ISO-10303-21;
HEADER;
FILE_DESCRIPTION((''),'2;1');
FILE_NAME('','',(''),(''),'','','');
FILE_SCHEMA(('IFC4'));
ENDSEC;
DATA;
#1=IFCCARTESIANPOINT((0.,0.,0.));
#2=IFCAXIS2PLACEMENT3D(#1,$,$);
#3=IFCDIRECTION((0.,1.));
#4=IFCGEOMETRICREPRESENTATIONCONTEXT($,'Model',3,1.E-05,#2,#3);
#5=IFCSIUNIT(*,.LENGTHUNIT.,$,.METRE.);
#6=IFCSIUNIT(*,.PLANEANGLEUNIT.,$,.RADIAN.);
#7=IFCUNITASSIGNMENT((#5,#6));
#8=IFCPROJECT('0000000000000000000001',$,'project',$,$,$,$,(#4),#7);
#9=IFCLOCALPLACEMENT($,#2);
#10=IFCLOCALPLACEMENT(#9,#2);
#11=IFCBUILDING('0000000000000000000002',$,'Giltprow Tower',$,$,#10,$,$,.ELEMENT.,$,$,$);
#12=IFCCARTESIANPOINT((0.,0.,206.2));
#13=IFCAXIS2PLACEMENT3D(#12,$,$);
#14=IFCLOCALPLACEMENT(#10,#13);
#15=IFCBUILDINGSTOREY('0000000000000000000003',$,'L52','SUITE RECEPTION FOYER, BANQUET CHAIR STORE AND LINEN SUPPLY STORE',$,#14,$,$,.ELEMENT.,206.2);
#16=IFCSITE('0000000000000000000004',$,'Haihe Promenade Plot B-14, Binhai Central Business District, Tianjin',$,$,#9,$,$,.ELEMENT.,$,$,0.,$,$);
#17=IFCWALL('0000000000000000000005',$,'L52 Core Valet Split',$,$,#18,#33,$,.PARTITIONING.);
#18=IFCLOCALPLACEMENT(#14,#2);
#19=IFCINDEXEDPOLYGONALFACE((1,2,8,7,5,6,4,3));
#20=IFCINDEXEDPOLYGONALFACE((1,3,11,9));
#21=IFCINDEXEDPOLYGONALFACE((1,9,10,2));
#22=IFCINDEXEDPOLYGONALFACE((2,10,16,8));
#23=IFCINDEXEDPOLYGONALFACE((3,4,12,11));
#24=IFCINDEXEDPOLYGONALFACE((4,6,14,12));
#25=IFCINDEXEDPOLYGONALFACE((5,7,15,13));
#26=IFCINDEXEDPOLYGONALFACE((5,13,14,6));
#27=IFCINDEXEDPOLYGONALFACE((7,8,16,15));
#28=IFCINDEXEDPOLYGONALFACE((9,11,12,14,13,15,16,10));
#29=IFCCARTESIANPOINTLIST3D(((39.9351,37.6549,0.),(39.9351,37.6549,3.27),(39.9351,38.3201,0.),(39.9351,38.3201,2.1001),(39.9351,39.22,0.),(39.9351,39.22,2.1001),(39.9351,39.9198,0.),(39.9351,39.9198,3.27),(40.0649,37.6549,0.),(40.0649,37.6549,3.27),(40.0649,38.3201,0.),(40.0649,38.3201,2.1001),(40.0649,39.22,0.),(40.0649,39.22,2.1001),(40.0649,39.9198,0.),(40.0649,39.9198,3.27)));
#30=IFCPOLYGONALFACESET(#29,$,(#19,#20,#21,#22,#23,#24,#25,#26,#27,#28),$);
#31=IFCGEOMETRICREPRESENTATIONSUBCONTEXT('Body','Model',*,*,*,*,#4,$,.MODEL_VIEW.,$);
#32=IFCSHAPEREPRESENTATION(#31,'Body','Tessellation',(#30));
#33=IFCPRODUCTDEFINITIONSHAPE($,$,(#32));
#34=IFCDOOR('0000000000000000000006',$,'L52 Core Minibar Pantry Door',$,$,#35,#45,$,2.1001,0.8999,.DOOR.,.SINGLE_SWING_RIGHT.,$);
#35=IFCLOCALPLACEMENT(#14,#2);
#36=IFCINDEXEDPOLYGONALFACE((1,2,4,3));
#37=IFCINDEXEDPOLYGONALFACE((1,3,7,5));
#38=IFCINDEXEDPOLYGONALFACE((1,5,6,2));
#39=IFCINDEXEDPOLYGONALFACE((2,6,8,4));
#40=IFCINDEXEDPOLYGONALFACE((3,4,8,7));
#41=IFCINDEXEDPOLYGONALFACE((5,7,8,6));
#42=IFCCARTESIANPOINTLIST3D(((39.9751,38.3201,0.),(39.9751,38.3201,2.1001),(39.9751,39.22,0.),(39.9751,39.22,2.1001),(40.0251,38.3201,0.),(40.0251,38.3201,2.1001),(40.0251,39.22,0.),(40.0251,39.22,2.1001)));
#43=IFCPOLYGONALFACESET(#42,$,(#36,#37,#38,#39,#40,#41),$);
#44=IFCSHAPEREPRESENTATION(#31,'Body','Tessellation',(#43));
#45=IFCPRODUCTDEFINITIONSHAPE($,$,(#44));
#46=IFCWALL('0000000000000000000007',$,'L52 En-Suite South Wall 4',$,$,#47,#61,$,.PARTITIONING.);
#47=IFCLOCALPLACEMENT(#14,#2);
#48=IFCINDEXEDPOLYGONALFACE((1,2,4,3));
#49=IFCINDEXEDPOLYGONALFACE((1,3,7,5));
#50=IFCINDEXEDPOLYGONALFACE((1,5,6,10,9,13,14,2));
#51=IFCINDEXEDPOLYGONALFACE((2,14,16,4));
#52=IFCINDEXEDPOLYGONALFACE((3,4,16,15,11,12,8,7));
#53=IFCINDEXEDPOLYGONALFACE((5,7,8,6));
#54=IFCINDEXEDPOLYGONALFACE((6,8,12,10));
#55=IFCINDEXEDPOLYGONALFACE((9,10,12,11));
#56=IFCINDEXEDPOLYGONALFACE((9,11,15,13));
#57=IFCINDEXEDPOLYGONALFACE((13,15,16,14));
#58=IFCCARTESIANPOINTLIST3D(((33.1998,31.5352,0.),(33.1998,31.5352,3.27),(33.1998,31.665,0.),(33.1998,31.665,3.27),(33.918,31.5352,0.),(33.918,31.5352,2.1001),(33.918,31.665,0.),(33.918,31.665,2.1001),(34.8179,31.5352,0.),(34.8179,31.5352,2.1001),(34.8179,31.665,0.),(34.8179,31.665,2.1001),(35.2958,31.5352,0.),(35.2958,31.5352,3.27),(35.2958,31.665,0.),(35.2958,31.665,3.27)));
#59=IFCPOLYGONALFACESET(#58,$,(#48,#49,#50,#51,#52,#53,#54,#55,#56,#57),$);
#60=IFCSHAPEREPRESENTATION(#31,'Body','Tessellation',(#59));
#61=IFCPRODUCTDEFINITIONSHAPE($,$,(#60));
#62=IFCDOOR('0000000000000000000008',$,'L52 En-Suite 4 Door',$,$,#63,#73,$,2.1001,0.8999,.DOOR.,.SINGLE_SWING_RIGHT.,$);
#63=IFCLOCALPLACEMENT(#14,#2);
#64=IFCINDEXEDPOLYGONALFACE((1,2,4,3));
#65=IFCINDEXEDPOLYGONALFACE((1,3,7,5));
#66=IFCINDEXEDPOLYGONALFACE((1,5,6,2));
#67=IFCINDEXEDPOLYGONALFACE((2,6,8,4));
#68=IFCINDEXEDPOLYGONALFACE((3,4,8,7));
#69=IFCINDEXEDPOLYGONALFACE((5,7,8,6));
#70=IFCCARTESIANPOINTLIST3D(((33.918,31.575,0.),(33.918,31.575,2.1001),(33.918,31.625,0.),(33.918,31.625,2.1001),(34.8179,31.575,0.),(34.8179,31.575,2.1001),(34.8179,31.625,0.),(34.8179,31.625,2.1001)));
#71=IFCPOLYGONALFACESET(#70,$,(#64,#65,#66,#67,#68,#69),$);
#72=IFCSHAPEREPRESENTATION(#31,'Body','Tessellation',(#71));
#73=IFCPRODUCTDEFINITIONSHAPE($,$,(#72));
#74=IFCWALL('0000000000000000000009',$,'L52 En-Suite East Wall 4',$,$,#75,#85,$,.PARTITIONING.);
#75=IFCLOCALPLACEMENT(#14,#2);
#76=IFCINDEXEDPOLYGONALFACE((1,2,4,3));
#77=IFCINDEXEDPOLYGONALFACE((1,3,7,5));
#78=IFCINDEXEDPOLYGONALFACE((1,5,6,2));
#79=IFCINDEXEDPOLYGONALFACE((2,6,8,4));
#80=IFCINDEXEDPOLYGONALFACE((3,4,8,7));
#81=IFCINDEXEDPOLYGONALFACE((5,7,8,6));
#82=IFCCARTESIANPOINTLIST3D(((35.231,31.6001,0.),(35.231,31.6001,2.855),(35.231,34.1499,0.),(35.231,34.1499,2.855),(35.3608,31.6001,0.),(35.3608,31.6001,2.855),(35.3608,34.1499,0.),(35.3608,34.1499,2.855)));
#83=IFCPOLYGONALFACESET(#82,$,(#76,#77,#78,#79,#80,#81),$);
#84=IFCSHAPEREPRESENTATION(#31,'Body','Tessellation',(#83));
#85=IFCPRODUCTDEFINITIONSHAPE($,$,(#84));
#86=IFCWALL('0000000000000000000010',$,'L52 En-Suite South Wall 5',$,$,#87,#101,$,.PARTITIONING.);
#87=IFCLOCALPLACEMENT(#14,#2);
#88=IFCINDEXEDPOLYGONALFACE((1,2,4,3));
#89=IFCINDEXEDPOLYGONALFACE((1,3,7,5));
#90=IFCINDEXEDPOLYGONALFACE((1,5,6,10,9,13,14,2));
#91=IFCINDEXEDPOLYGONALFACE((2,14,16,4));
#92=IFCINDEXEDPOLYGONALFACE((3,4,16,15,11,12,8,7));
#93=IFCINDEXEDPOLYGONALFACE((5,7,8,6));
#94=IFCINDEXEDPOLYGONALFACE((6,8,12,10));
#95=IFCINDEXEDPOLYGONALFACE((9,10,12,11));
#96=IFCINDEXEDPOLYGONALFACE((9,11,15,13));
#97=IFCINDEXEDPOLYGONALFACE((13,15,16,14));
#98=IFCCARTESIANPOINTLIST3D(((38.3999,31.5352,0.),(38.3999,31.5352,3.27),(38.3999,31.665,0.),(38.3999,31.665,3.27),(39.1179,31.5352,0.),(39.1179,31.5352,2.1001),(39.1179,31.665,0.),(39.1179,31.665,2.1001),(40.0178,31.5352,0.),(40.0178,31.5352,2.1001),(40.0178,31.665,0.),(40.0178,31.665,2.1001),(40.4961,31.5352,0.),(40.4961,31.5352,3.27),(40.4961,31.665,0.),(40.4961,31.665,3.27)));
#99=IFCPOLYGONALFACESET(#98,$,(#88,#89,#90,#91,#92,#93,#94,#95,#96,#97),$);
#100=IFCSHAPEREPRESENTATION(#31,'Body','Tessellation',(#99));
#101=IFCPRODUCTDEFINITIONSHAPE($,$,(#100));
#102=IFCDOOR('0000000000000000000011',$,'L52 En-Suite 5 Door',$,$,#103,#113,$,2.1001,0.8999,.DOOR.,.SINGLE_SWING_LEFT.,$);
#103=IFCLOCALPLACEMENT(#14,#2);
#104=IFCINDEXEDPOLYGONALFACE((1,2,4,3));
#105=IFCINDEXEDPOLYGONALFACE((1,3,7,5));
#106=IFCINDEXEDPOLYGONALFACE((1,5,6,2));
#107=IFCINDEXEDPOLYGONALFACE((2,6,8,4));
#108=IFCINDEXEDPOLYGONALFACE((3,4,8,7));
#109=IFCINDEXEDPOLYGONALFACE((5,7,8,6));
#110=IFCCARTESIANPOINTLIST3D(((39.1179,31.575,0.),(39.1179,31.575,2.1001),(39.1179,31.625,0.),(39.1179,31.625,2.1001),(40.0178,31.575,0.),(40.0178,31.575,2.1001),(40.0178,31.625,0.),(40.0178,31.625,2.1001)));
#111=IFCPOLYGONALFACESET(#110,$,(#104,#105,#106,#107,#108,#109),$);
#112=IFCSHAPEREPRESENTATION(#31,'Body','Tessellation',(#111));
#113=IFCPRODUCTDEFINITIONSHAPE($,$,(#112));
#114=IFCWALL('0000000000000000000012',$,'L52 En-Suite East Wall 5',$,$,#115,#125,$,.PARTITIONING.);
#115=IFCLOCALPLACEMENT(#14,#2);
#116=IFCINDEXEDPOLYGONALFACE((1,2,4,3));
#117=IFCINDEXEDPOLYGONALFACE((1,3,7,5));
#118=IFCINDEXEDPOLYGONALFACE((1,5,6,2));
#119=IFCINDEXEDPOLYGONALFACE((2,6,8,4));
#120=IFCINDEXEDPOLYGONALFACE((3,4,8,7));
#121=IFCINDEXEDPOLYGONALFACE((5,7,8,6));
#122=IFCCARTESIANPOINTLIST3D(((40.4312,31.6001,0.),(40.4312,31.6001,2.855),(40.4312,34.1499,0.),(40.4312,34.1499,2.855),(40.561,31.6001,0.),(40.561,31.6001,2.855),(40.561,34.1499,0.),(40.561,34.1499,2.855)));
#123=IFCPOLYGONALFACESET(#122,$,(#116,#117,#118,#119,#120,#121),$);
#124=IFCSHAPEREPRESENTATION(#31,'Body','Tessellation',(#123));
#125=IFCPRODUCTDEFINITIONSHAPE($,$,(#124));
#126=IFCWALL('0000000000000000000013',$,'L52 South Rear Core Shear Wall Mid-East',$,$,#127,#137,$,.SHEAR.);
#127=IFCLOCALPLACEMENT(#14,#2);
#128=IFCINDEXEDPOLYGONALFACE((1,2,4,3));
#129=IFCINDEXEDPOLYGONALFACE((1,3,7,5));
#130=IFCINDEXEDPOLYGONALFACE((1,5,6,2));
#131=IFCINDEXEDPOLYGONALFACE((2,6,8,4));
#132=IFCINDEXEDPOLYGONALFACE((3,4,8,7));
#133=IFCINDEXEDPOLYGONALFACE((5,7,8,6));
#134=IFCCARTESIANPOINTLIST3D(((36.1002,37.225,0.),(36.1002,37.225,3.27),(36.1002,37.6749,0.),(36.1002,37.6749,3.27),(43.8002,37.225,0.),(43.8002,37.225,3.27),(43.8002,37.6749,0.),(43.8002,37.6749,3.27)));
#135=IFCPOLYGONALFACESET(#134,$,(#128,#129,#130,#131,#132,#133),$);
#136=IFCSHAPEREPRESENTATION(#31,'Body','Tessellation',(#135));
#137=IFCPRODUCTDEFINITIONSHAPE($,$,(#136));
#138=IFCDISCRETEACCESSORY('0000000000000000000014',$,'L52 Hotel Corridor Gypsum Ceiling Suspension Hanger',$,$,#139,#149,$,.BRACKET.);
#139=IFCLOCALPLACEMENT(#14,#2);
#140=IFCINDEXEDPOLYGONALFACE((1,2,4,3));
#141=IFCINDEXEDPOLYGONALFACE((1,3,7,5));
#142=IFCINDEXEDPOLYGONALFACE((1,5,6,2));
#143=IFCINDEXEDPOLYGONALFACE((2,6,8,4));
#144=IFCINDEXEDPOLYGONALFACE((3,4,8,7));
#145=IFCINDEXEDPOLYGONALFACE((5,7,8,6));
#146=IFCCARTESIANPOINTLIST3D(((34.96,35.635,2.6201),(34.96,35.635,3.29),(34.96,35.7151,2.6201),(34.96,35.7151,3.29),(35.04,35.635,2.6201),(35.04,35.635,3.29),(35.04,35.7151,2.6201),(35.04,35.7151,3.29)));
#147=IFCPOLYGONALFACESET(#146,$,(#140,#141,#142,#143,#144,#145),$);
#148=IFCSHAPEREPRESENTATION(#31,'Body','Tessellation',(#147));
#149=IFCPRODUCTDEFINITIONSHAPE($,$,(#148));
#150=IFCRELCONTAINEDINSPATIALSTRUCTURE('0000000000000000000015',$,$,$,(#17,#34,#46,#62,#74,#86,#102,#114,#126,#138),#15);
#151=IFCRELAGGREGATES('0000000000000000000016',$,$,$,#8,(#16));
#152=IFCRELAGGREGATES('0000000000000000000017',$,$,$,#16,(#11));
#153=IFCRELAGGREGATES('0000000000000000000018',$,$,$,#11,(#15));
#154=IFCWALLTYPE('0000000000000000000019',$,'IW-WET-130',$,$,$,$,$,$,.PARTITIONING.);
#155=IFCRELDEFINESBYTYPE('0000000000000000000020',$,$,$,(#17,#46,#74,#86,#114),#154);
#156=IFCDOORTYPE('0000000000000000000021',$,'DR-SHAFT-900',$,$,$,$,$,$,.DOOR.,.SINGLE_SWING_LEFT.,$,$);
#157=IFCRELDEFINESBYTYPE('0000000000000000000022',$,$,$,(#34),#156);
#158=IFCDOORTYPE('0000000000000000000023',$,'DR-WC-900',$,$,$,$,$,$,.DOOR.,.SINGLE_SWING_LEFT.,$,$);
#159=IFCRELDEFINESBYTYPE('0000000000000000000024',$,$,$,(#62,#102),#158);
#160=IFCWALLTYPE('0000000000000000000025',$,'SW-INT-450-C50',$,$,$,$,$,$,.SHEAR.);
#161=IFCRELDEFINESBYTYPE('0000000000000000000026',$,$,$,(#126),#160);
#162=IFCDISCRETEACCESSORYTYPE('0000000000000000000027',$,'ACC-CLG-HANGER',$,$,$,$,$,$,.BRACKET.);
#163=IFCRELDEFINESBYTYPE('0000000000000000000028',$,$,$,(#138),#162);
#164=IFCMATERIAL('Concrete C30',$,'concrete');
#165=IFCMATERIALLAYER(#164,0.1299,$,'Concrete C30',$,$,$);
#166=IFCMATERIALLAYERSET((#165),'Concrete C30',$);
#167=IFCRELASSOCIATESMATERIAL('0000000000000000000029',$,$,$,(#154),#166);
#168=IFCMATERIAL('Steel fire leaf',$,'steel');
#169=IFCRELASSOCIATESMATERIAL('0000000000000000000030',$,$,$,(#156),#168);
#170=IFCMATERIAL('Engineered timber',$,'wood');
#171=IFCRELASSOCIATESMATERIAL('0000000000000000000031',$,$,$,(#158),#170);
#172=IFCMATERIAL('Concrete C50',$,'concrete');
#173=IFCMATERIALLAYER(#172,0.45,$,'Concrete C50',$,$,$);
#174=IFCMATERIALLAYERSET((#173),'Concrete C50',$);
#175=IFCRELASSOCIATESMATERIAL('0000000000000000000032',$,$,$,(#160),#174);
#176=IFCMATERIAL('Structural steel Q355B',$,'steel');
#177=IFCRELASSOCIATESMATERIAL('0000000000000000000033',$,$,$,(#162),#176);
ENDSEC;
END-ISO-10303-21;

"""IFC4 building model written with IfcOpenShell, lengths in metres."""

from ifc_helpers import new_model, si_unit, direction, frame, frame_2d, origin, origin_2d, place, context, subcontext, project, spatial, rectangle, extrude, source, transform, mapped, material, layer, layer_set, type_object, element, fill, save


model = new_model("IFC4")

# Units and contexts
model_context = context("Model", 3, precision=1e-05, world=origin(), true_north=direction((0.0, 1.0)))
body_context = subcontext(model_context, "Body", "Model", "MODEL_VIEW")
ifc_project = project(units=[si_unit("LENGTHUNIT", "METRE"), si_unit("PLANEANGLEUNIT", "RADIAN")], contexts=[model_context])

# Site, building, storey
site_placement = place(None, origin())
site = spatial("IfcSite", under=ifc_project, at=site_placement, Name="Haihe Promenade Plot B-14, Binhai Central Business District, Tianjin", CompositionType="ELEMENT", RefElevation=0.0)
building_placement = place(site_placement, origin())
building = spatial("IfcBuilding", under=site, at=building_placement, Name="Giltprow Tower", CompositionType="ELEMENT")
storey_placement = place(building_placement, frame((0.0, 0.0, 206.2)))
storey = spatial("IfcBuildingStorey", under=building, at=storey_placement, Name="L52", Description="SUITE RECEPTION FOYER, BANQUET CHAIR STORE AND LINEN SUPPLY STORE", CompositionType="ELEMENT", Elevation=206.2)

# Shared definitions
ifc_material_1 = material(Name="Concrete C50", Category="concrete")

# Shared definitions
ifc_material_2 = material(Name="Structural steel Q355B", Category="steel")

# Walls, openings, doors
ifc_material_3 = material(Name="Concrete C30", Category="concrete")
ifc_layer_1 = layer(ifc_material_3, 0.1299, Name="Concrete C30")
ifc_layer_set_1 = layer_set([ifc_layer_1], Name="Concrete C30")
wall_type_1 = type_object("IfcWallType", Name="IW-WET-130", PredefinedType="PARTITIONING", material=ifc_layer_set_1)
ifc_material_4 = material(Name="Steel fire leaf", Category="steel")
door_type_1 = type_object("IfcDoorType", Name="DR-SHAFT-900", OperationType="SINGLE_SWING_LEFT", PredefinedType="DOOR", material=ifc_material_4)
shared_shape_1 = source(origin(), body_context, "Body", "SweptSolid", [
    extrude(rectangle(XDim=0.8999, YDim=2.1001, at=frame_2d((0.45, 1.05))), frame((0.0, 0.0249, 0.0), z_axis=(0.0, -1.0, 0.0), x_axis=(1.0, 0.0, 0.0)), (0.0, 0.0, 1.0), 0.05),
])
wall_1_placement = place(storey_placement, frame((40.0, 37.655, 0.0), z_axis=(0.0, 0.0, 1.0), x_axis=(0.0, 1.0, 0.0)))
wall_1 = element("IfcWall", 1, at=wall_1_placement, inside=storey, type_object=wall_type_1, Name="L52 Core Valet Split", PredefinedType="PARTITIONING", context=body_context, shape_type="SweptSolid", body=[
    extrude(rectangle(XDim=2.2649, YDim=0.1299, at=frame_2d((1.1323, 0.0))), origin(), (0.0, 0.0, 1.0), 3.27),
])
opening_1_placement = place(wall_1_placement, frame((0.665, 0.0, 0.0)))
opening_1 = element("IfcOpeningElement", 2, at=opening_1_placement, cuts=wall_1, PredefinedType="OPENING", context=body_context, shape_type="SweptSolid", body=[
    extrude(rectangle(XDim=0.8999, YDim=2.1001, at=frame_2d((0.45, 1.05))), frame((0.0, 0.075, 0.0), z_axis=(0.0, -1.0, 0.0), x_axis=(1.0, 0.0, 0.0)), (0.0, 0.0, 1.0), 0.1499),
])
door_1_placement = place(opening_1_placement, origin())
door_1 = element("IfcDoor", 3, at=door_1_placement, inside=storey, type_object=door_type_1, Name="L52 Core Minibar Pantry Door", OperationType="SINGLE_SWING_RIGHT", OverallHeight=2.1001, OverallWidth=0.8999, PredefinedType="DOOR", context=body_context, shape_type="MappedRepresentation", body=[
    mapped(shared_shape_1, transform((0.0, 0.0, 0.0), x_axis=(1.0, 0.0, 0.0), y_axis=(0.0, 1.0, 0.0), z_axis=(0.0, 0.0, 1.0), scale=1.0)),
])
fill(opening_1, door_1)
wall_2_placement = place(storey_placement, frame((33.2, 31.6001, 0.0), z_axis=(0.0, 0.0, 1.0), x_axis=(1.0, 0.0, 0.0)))
wall_2 = element("IfcWall", 4, at=wall_2_placement, inside=storey, type_object=wall_type_1, Name="L52 En-Suite South Wall 4", PredefinedType="PARTITIONING", context=body_context, shape_type="SweptSolid", body=[
    extrude(rectangle(XDim=2.0959, YDim=0.1299, at=frame_2d((1.0479, 0.0))), origin(), (0.0, 0.0, 1.0), 3.27),
])
opening_2_placement = place(wall_2_placement, frame((0.718, 0.0, 0.0)))
opening_2 = element("IfcOpeningElement", 5, at=opening_2_placement, cuts=wall_2, PredefinedType="OPENING", context=body_context, shape_type="SweptSolid", body=[
    extrude(rectangle(XDim=0.8999, YDim=2.1001, at=frame_2d((0.45, 1.05))), frame((0.0, 0.075, 0.0), z_axis=(0.0, -1.0, 0.0), x_axis=(1.0, 0.0, 0.0)), (0.0, 0.0, 1.0), 0.1499),
])
ifc_material_5 = material(Name="Engineered timber", Category="wood")
door_type_2 = type_object("IfcDoorType", Name="DR-WC-900", OperationType="SINGLE_SWING_LEFT", PredefinedType="DOOR", material=ifc_material_5)
door_2_placement = place(opening_2_placement, origin())
door_2 = element("IfcDoor", 6, at=door_2_placement, inside=storey, type_object=door_type_2, Name="L52 En-Suite 4 Door", OperationType="SINGLE_SWING_RIGHT", OverallHeight=2.1001, OverallWidth=0.8999, PredefinedType="DOOR", context=body_context, shape_type="MappedRepresentation", body=[
    mapped(shared_shape_1, transform((0.0, 0.0, 0.0), x_axis=(1.0, 0.0, 0.0), y_axis=(0.0, 1.0, 0.0), z_axis=(0.0, 0.0, 1.0), scale=1.0)),
])
fill(opening_2, door_2)

# Wall
wall_3_placement = place(storey_placement, frame((35.2959, 31.6001, 0.0), z_axis=(0.0, 0.0, 1.0), x_axis=(0.0, 1.0, 0.0)))
element("IfcWall", 7, at=wall_3_placement, inside=storey, type_object=wall_type_1, Name="L52 En-Suite East Wall 4", PredefinedType="PARTITIONING", context=body_context, shape_type="SweptSolid", body=[
    extrude(rectangle(XDim=2.5498, YDim=0.1299, at=frame_2d((1.2749, 0.0))), origin(), (0.0, 0.0, 1.0), 2.855),
])

# Wall, opening, door
wall_4_placement = place(storey_placement, frame((38.3999, 31.6001, 0.0), z_axis=(0.0, 0.0, 1.0), x_axis=(1.0, 0.0, 0.0)))
wall_4 = element("IfcWall", 8, at=wall_4_placement, inside=storey, type_object=wall_type_1, Name="L52 En-Suite South Wall 5", PredefinedType="PARTITIONING", context=body_context, shape_type="SweptSolid", body=[
    extrude(rectangle(XDim=2.0962, YDim=0.1299, at=frame_2d((1.0481, 0.0))), origin(), (0.0, 0.0, 1.0), 3.27),
])
opening_3_placement = place(wall_4_placement, frame((0.718, 0.0, 0.0)))
opening_3 = element("IfcOpeningElement", 9, at=opening_3_placement, cuts=wall_4, PredefinedType="OPENING", context=body_context, shape_type="SweptSolid", body=[
    extrude(rectangle(XDim=0.8999, YDim=2.1001, at=frame_2d((0.45, 1.05))), frame((0.0, 0.075, 0.0), z_axis=(0.0, -1.0, 0.0), x_axis=(1.0, 0.0, 0.0)), (0.0, 0.0, 1.0), 0.1499),
])
door_3_placement = place(opening_3_placement, origin())
door_3 = element("IfcDoor", 10, at=door_3_placement, inside=storey, type_object=door_type_2, Name="L52 En-Suite 5 Door", OperationType="SINGLE_SWING_LEFT", OverallHeight=2.1001, OverallWidth=0.8999, PredefinedType="DOOR", context=body_context, shape_type="MappedRepresentation", body=[
    mapped(shared_shape_1, transform((0.0, 0.0, 0.0), x_axis=(1.0, 0.0, 0.0), y_axis=(0.0, 1.0, 0.0), z_axis=(0.0, 0.0, 1.0), scale=1.0)),
])
fill(opening_3, door_3)

# Walls
wall_5_placement = place(storey_placement, frame((40.4961, 31.6001, 0.0), z_axis=(0.0, 0.0, 1.0), x_axis=(0.0, 1.0, 0.0)))
element("IfcWall", 11, at=wall_5_placement, inside=storey, type_object=wall_type_1, Name="L52 En-Suite East Wall 5", PredefinedType="PARTITIONING", context=body_context, shape_type="SweptSolid", body=[
    extrude(rectangle(XDim=2.5498, YDim=0.1299, at=frame_2d((1.2749, 0.0))), origin(), (0.0, 0.0, 1.0), 2.855),
])
ifc_layer_2 = layer(ifc_material_1, 0.45, Name="Concrete C50")
ifc_layer_set_2 = layer_set([ifc_layer_2], Name="Concrete C50")
wall_type_2 = type_object("IfcWallType", Name="SW-INT-450-C50", PredefinedType="SHEAR", material=ifc_layer_set_2)
wall_6_placement = place(storey_placement, frame((36.1001, 37.45, 0.0), z_axis=(0.0, 0.0, 1.0), x_axis=(1.0, 0.0, 0.0)))
element("IfcWall", 12, at=wall_6_placement, inside=storey, type_object=wall_type_2, Name="L52 South Rear Core Shear Wall Mid-East", PredefinedType="SHEAR", context=body_context, shape_type="SweptSolid", body=[
    extrude(rectangle(XDim=7.7, YDim=0.45, at=frame_2d((3.8501, 0.0))), origin(), (0.0, 0.0, 1.0), 3.27),
])

# Discrete accessory
discrete_accessory_type = type_object("IfcDiscreteAccessoryType", Name="ACC-CLG-HANGER", PredefinedType="BRACKET", material=ifc_material_2)
shared_shape_2 = source(origin(), body_context, "Body", "SweptSolid", [
    extrude(rectangle(XDim=0.0801, YDim=0.0801, at=origin_2d()), origin(), (0.0, 0.0, 1.0), 0.6699),
])
discrete_accessory_placement = place(storey_placement, frame((35.0, 35.675, 2.6201), z_axis=(0.0, 0.0, 1.0), x_axis=(1.0, 0.0, 0.0)))
element("IfcDiscreteAccessory", 13, at=discrete_accessory_placement, inside=storey, type_object=discrete_accessory_type, Name="L52 Hotel Corridor Gypsum Ceiling Suspension Hanger", PredefinedType="BRACKET", context=body_context, shape_type="MappedRepresentation", body=[
    mapped(shared_shape_2, transform((0.0, 0.0, 0.0), x_axis=(1.0, 0.0, 0.0), y_axis=(0.0, 1.0, 0.0), z_axis=(0.0, 0.0, 1.0), scale=1.0)),
])

save(model, "model.ifc")
